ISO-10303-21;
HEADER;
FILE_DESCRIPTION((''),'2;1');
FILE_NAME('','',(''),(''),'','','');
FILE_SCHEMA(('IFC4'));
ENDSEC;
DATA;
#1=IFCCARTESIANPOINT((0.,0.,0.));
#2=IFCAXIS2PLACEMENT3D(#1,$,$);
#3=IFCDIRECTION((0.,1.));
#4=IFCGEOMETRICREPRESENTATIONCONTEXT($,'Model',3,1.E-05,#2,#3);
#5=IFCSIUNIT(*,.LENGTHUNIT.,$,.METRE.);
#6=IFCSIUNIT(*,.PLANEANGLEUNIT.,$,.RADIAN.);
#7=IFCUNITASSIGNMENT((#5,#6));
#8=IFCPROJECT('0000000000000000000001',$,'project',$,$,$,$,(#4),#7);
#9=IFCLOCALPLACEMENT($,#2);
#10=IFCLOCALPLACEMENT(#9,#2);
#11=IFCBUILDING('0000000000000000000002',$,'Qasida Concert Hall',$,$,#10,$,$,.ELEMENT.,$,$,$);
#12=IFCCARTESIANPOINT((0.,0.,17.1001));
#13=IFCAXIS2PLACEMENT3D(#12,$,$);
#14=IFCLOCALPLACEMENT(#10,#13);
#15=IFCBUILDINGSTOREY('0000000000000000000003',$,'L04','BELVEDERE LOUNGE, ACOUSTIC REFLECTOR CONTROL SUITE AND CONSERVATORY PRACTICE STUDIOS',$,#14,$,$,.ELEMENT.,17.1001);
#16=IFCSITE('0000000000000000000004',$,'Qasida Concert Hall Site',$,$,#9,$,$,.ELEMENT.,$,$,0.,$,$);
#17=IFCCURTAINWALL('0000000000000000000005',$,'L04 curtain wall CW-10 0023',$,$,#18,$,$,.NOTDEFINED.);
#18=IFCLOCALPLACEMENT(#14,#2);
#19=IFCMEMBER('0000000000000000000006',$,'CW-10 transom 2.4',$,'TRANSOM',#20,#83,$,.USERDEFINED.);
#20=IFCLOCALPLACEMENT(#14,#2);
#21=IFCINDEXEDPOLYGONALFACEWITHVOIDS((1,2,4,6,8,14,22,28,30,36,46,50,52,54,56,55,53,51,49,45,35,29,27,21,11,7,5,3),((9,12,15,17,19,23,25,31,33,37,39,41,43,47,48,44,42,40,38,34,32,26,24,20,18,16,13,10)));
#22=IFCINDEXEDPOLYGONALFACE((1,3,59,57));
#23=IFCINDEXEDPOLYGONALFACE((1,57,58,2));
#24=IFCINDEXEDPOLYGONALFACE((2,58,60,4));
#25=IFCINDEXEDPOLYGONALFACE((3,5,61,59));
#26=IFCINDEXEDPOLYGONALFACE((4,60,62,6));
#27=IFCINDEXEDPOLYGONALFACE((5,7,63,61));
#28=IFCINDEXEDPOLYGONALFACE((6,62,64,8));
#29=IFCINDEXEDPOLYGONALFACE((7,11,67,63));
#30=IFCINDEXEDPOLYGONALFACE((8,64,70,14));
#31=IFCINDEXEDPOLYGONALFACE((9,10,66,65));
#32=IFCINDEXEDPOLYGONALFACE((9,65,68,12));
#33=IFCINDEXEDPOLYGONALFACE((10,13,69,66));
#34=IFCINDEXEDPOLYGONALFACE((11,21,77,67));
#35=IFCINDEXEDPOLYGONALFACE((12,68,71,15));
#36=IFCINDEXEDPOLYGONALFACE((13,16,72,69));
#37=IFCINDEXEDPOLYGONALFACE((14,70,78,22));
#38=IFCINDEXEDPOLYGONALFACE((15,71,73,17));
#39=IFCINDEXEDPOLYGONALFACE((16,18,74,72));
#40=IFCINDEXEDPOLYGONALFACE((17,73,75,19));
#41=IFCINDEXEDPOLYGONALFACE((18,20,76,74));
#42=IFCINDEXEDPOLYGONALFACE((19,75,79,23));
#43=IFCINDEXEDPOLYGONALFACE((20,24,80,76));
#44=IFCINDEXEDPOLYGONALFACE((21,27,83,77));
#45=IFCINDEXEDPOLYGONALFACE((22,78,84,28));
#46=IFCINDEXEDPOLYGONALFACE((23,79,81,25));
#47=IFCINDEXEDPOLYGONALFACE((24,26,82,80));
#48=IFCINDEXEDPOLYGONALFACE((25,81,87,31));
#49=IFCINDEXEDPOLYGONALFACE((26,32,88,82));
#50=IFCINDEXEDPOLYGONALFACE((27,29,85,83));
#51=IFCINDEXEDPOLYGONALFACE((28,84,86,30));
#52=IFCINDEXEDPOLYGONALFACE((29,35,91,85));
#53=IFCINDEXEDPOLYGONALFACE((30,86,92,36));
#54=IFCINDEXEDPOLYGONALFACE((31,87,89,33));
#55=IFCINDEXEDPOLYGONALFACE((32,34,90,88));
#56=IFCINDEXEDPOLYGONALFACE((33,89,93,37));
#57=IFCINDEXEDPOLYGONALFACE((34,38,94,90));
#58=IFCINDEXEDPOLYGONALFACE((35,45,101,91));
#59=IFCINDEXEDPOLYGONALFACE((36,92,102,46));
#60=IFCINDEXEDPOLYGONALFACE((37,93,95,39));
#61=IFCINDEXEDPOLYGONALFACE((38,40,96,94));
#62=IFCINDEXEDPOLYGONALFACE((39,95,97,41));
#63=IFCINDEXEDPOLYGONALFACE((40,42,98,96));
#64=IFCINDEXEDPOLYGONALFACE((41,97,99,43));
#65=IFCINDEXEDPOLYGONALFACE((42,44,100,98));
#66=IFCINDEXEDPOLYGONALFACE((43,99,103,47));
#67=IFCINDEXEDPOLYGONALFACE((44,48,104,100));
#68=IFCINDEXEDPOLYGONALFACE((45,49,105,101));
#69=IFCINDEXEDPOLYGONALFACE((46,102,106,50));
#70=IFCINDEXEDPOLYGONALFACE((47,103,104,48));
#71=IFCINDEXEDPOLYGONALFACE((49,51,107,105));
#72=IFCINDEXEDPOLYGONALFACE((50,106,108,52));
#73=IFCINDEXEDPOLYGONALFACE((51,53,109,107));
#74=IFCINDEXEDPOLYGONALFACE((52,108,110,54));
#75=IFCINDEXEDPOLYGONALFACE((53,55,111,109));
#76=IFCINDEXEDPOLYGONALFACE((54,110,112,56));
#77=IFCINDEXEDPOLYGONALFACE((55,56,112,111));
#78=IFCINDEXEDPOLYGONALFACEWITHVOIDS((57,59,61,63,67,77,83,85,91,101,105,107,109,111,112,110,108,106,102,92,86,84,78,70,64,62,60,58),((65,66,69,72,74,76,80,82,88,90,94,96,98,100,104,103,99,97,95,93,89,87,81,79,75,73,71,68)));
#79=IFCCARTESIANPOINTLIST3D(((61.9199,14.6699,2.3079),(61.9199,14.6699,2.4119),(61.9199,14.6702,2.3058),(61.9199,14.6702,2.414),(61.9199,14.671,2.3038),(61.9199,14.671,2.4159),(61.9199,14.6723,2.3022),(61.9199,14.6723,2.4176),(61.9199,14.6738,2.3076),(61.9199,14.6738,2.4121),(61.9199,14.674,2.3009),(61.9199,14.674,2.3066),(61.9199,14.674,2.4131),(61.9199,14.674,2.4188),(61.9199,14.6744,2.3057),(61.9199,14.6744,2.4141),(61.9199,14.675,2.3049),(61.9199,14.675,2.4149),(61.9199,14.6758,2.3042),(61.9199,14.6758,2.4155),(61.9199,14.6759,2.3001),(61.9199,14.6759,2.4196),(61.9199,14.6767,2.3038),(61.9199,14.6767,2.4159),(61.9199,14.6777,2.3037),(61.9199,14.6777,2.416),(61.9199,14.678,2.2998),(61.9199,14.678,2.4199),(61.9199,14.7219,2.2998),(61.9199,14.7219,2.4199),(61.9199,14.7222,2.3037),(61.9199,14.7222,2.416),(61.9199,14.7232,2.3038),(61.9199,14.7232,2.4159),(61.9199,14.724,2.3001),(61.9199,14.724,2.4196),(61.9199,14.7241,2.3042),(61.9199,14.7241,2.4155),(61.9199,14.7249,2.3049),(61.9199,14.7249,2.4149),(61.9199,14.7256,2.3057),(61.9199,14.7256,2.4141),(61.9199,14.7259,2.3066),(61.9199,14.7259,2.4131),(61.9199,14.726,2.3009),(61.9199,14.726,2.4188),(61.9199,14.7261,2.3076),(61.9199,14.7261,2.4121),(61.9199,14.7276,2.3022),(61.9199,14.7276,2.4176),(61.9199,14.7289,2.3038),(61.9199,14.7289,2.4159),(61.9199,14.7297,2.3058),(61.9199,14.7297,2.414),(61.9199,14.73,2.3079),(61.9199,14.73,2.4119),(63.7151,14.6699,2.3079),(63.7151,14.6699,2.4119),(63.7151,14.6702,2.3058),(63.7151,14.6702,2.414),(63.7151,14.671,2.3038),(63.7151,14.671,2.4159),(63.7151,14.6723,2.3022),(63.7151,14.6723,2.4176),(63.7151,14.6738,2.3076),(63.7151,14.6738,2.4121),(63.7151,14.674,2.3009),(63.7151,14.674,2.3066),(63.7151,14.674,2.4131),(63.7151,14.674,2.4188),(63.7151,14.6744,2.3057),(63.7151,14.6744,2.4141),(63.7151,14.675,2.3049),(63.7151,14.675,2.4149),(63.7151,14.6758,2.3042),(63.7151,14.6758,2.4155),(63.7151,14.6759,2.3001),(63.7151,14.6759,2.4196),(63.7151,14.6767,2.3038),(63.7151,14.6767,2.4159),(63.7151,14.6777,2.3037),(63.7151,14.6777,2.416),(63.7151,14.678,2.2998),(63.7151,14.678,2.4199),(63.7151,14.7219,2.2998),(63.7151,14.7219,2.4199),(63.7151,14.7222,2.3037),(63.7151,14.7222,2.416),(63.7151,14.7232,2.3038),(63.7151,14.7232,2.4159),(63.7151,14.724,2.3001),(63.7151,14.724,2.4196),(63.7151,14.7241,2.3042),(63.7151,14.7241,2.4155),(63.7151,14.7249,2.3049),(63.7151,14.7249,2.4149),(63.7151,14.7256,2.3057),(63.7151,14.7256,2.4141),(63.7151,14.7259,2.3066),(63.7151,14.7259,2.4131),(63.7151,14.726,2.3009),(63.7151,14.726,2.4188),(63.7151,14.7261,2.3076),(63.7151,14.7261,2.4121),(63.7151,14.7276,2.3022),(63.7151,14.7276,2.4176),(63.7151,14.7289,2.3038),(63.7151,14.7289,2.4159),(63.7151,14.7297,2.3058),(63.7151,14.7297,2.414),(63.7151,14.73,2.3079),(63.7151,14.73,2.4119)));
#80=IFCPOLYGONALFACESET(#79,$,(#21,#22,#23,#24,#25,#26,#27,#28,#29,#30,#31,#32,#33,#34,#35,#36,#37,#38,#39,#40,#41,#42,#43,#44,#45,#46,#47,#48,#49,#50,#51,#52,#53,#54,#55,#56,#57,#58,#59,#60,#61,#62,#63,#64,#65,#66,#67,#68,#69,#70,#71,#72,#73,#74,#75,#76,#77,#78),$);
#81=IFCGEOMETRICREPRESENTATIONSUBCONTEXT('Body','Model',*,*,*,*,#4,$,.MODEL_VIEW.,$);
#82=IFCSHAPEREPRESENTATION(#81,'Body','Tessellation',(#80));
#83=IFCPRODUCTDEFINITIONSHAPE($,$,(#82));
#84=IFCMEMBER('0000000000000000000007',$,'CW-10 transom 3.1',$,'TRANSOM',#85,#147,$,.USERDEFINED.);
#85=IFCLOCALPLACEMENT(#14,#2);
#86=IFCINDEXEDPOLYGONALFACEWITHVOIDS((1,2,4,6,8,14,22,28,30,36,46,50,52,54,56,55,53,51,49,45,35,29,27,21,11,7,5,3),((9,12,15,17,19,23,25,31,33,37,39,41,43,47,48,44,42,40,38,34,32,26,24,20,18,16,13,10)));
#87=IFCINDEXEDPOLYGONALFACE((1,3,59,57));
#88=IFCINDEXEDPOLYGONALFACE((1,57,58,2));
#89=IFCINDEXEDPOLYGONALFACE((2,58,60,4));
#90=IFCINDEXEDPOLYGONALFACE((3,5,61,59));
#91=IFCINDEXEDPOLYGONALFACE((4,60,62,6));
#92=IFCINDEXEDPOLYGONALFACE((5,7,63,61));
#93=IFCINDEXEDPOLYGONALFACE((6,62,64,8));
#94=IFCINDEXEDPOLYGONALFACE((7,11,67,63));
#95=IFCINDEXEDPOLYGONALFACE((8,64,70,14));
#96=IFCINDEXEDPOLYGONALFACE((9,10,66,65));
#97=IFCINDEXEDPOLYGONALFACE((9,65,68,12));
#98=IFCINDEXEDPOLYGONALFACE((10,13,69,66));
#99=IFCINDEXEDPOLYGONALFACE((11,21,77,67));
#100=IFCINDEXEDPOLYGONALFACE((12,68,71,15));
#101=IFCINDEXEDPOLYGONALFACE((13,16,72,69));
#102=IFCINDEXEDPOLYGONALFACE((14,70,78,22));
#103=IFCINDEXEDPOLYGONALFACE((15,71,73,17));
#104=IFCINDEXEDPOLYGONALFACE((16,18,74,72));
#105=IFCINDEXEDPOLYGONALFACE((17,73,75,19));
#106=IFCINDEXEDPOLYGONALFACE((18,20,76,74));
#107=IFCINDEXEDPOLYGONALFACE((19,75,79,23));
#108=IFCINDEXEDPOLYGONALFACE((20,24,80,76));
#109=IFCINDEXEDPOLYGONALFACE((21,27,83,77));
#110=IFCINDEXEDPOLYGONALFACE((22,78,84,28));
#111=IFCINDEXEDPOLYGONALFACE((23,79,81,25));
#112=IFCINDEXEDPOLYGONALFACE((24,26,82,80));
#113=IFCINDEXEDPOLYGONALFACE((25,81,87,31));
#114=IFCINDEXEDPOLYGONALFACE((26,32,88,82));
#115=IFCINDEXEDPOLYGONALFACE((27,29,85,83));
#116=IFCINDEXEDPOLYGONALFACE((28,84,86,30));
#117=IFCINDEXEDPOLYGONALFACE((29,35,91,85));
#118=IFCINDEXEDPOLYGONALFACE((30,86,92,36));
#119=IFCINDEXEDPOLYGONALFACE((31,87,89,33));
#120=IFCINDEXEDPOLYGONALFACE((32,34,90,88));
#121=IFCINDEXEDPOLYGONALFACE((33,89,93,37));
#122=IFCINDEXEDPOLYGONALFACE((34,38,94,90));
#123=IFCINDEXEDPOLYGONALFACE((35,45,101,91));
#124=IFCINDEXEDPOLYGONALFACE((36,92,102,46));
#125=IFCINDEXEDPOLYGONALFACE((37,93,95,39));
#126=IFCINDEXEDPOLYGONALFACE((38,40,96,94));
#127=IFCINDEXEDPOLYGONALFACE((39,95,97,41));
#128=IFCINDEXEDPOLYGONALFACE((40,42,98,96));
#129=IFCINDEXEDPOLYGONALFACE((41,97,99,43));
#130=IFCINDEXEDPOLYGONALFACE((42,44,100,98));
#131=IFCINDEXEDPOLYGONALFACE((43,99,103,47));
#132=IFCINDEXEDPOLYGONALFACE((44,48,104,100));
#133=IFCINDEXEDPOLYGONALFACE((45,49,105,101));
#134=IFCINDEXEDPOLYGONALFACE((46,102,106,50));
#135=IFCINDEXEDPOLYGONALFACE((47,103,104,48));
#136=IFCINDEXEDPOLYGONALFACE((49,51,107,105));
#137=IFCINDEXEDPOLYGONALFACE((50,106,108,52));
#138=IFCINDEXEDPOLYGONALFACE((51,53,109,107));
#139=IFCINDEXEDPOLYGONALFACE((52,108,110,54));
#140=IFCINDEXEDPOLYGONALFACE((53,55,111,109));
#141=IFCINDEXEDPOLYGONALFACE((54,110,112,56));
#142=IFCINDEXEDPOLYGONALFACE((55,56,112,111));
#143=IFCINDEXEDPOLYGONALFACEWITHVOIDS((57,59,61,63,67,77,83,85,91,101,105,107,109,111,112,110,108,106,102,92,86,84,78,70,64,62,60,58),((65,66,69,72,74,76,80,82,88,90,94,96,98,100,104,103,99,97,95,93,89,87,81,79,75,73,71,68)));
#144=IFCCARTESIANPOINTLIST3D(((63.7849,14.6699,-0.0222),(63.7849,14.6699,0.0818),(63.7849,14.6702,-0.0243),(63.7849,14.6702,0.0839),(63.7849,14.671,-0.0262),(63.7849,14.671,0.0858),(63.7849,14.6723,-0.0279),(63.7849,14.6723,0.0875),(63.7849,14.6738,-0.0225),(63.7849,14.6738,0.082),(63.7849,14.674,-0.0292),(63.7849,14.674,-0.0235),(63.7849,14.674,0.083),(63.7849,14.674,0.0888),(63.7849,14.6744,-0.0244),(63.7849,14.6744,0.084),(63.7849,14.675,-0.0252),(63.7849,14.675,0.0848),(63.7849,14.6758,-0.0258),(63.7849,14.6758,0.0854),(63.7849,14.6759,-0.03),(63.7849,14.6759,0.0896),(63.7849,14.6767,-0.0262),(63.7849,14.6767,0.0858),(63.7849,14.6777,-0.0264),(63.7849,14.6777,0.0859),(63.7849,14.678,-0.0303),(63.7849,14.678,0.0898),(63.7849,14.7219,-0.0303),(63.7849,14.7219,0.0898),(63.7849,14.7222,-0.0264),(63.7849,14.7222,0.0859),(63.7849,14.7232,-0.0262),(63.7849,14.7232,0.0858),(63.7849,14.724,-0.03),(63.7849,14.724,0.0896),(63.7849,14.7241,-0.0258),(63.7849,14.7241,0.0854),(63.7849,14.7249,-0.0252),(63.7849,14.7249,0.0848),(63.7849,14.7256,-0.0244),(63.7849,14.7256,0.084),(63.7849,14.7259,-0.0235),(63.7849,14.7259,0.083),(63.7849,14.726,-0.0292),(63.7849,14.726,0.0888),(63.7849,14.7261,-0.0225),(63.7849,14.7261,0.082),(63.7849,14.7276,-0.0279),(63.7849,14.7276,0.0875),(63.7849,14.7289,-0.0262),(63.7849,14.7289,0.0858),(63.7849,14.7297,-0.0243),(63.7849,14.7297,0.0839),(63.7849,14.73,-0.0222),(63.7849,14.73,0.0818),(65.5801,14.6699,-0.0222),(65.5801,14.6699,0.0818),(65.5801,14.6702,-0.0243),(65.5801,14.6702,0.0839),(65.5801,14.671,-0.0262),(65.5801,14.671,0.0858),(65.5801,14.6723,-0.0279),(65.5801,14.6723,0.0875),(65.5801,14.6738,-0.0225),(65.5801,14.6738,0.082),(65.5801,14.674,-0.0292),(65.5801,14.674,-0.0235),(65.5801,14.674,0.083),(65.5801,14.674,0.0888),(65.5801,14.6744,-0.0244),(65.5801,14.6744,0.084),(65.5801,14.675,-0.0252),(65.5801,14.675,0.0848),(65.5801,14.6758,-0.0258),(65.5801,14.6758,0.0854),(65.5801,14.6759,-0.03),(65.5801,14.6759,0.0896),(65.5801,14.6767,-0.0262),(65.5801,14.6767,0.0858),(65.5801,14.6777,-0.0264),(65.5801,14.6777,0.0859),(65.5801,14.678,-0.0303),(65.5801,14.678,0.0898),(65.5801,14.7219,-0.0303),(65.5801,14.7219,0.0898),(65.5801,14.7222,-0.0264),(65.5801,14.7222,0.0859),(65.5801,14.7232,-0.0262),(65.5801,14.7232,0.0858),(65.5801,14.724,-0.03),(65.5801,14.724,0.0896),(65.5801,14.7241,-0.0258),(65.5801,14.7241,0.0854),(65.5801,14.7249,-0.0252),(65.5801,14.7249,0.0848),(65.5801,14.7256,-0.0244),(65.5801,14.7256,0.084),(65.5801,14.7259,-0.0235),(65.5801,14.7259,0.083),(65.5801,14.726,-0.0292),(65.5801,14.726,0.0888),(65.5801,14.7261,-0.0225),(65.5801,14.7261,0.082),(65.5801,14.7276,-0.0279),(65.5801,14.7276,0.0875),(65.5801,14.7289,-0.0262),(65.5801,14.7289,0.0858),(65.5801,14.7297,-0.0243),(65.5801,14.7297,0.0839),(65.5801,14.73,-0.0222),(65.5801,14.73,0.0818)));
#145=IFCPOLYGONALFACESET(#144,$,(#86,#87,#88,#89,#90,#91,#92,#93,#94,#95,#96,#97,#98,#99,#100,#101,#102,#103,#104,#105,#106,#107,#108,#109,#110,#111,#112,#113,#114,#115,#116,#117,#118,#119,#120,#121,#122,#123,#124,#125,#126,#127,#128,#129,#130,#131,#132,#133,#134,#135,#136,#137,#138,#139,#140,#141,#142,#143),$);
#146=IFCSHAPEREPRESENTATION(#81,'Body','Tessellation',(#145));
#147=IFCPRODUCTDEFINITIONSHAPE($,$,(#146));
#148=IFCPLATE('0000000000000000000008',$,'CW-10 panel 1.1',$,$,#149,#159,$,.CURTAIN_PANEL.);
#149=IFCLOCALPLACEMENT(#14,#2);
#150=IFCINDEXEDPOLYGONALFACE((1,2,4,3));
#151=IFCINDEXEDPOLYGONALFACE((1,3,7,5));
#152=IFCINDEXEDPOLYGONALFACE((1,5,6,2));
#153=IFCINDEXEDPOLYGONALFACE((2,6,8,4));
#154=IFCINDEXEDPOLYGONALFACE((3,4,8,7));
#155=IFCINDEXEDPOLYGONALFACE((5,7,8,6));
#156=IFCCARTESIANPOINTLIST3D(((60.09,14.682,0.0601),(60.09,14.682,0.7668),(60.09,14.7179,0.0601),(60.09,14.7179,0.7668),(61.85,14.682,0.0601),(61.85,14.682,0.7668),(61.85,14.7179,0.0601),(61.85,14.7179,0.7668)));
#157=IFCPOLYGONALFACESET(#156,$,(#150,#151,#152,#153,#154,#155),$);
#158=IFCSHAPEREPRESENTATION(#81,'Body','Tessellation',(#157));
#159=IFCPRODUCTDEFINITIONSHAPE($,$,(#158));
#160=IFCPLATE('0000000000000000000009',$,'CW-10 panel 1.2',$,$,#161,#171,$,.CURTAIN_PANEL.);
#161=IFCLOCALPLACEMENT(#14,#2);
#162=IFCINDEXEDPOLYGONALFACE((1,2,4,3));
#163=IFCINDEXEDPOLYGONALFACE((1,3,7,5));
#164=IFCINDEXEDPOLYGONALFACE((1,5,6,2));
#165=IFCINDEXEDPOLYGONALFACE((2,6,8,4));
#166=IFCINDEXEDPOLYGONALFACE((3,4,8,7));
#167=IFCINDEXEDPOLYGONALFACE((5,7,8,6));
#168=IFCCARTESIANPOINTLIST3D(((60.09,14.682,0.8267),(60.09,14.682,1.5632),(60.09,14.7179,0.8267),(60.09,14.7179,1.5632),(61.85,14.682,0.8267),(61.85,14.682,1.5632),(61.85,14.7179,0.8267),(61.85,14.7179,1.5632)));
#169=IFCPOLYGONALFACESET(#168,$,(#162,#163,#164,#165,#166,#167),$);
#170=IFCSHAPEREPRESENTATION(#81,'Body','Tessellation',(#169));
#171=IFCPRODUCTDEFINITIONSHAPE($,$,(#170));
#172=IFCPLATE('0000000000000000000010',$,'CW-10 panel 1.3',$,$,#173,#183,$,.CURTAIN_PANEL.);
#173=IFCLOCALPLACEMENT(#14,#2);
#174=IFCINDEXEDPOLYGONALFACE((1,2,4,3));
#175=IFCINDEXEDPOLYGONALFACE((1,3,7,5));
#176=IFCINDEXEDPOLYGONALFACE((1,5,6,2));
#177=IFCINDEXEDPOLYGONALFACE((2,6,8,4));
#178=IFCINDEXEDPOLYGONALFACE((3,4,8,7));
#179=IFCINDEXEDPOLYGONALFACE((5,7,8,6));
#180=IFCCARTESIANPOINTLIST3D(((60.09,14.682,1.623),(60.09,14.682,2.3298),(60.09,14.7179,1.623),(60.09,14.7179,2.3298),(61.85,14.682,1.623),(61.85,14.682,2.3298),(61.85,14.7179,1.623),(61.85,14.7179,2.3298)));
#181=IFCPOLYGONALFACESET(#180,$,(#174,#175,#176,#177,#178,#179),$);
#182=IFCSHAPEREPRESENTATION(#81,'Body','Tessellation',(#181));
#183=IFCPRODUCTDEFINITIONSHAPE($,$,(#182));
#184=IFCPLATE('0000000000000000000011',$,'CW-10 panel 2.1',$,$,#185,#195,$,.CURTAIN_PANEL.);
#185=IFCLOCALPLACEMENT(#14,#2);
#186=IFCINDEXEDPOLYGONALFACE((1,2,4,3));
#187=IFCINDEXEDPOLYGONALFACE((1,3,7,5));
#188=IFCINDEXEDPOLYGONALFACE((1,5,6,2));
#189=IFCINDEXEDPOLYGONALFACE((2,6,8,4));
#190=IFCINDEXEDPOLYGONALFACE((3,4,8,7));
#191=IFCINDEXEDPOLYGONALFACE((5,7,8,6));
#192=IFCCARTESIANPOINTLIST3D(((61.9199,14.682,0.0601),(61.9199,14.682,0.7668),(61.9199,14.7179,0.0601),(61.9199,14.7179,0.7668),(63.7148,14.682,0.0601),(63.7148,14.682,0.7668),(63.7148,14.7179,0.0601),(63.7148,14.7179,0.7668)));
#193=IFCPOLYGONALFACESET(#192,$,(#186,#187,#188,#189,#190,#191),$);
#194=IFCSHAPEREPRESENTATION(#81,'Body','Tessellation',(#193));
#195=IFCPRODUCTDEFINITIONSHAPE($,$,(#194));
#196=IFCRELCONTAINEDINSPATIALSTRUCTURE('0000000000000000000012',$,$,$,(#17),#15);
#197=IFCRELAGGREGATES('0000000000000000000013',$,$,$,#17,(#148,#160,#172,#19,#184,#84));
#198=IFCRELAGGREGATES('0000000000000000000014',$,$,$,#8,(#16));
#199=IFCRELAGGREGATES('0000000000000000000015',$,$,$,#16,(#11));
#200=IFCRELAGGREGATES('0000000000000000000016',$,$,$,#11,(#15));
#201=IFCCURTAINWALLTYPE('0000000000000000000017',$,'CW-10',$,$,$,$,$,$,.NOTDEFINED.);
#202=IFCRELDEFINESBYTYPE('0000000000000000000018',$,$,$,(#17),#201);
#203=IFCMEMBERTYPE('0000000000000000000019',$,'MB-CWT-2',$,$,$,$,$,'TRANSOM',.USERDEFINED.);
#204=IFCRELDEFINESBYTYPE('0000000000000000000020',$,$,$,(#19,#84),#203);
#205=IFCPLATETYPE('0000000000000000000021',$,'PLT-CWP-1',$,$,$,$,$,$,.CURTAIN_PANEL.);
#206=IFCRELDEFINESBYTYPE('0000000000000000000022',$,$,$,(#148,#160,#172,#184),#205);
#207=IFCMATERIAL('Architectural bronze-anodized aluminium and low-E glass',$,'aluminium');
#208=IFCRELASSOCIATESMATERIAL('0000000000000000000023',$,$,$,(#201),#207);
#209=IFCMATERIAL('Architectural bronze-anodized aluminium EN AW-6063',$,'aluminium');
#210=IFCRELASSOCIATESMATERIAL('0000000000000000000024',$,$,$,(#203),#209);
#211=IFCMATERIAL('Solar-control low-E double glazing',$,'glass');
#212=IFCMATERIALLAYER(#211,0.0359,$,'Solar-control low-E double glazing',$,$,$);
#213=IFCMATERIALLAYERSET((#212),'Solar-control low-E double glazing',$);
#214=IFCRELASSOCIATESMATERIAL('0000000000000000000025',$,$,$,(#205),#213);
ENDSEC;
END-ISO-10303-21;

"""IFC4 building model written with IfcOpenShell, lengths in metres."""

from ifc_helpers import new_model, si_unit, direction, frame, origin, origin_2d, place, context, subcontext, project, spatial, rectangle, hollow_rectangle, extrude, material, layer, layer_set, material_profile, profile_set, type_object, element, aggregate, save


model = new_model("IFC4")

# Units and contexts
model_context = context("Model", 3, precision=1e-05, world=origin(), true_north=direction((0.0, 1.0)))
body_context = subcontext(model_context, "Body", "Model", "MODEL_VIEW")
ifc_project = project(units=[si_unit("LENGTHUNIT", "METRE"), si_unit("PLANEANGLEUNIT", "RADIAN")], contexts=[model_context])

# Site, building, storey
site_placement = place(None, origin())
site = spatial("IfcSite", under=ifc_project, at=site_placement, Name="Qasida Concert Hall Site", CompositionType="ELEMENT", RefElevation=0.0)
building_placement = place(site_placement, origin())
building = spatial("IfcBuilding", under=site, at=building_placement, Name="Qasida Concert Hall", CompositionType="ELEMENT")
storey_placement = place(building_placement, frame((0.0, 0.0, 17.1001)))
storey = spatial("IfcBuildingStorey", under=building, at=storey_placement, Name="L04", Description="BELVEDERE LOUNGE, ACOUSTIC REFLECTOR CONTROL SUITE AND CONSERVATORY PRACTICE STUDIOS", CompositionType="ELEMENT", Elevation=17.1001)

# Curtain wall, members, plates
ifc_material_1 = material(Name="Architectural bronze-anodized aluminium and low-E glass", Category="aluminium")
curtain_wall_type = type_object("IfcCurtainWallType", Name="CW-10", PredefinedType="NOTDEFINED", material=ifc_material_1)
curtain_wall_placement = place(storey_placement, origin())
curtain_wall = element("IfcCurtainWall", 1, at=curtain_wall_placement, inside=storey, type_object=curtain_wall_type, Name="L04 curtain wall CW-10 0023", PredefinedType="NOTDEFINED")
ifc_material_2 = material(Name="Architectural bronze-anodized aluminium EN AW-6063", Category="aluminium")
ifc_material_profile_1 = material_profile(ifc_material_2, hollow_rectangle(XDim=0.0601, YDim=0.1201, WallThickness=0.0039, InnerFilletRadius=0.0039, OuterFilletRadius=0.0081, at=origin_2d()), Name="CWT 120x60x4")
ifc_profile_set_1 = profile_set([ifc_material_profile_1], Name="Architectural bronze-anodized aluminium EN AW-6063")
member_type_1 = type_object("IfcMemberType", Name="MB-CWT-2", ElementType="TRANSOM", PredefinedType="USERDEFINED", material=ifc_profile_set_1)
member_1_placement = place(storey_placement, frame((61.9199, 14.7, 2.3599), z_axis=(1.0, 0.0, 0.0), x_axis=(0.0, 1.0, 0.0)))
member_1 = element("IfcMember", 2, at=member_1_placement, type_object=member_type_1, Name="CW-10 transom 2.4", ObjectType="TRANSOM", PredefinedType="USERDEFINED", context=body_context, shape_type="SweptSolid", body=[
    extrude(hollow_rectangle(XDim=0.0601, YDim=0.1201, WallThickness=0.0039, InnerFilletRadius=0.0039, OuterFilletRadius=0.0081, at=origin_2d()), origin(), (0.0, 0.0, 1.0), 1.7952),
])
member_2_placement = place(storey_placement, frame((63.7849, 14.7, 0.0298), z_axis=(1.0, 0.0, 0.0), x_axis=(0.0, 1.0, 0.0)))
member_2 = element("IfcMember", 3, at=member_2_placement, type_object=member_type_1, Name="CW-10 transom 3.1", ObjectType="TRANSOM", PredefinedType="USERDEFINED", context=body_context, shape_type="SweptSolid", body=[
    extrude(hollow_rectangle(XDim=0.0601, YDim=0.1201, WallThickness=0.0039, InnerFilletRadius=0.0039, OuterFilletRadius=0.0081, at=origin_2d()), origin(), (0.0, 0.0, 1.0), 1.7952),
])
ifc_material_3 = material(Name="Solar-control low-E double glazing", Category="glass")
ifc_layer_1 = layer(ifc_material_3, 0.0359, Name="Solar-control low-E double glazing")
ifc_layer_set_1 = layer_set([ifc_layer_1], Name="Solar-control low-E double glazing")
plate_type = type_object("IfcPlateType", Name="PLT-CWP-1", PredefinedType="CURTAIN_PANEL", material=ifc_layer_set_1)
plate_1_placement = place(storey_placement, frame((60.97, 14.7, 0.0601), z_axis=(0.0, 0.0, 1.0), x_axis=(1.0, 0.0, 0.0)))
plate_1 = element("IfcPlate", 4, at=plate_1_placement, type_object=plate_type, Name="CW-10 panel 1.1", PredefinedType="CURTAIN_PANEL", context=body_context, shape_type="SweptSolid", body=[
    extrude(rectangle(XDim=1.76, YDim=0.0359, at=origin_2d()), origin(), (0.0, 0.0, 1.0), 0.7068),
])
plate_2_placement = place(storey_placement, frame((60.97, 14.7, 0.8267), z_axis=(0.0, 0.0, 1.0), x_axis=(1.0, 0.0, 0.0)))
plate_2 = element("IfcPlate", 5, at=plate_2_placement, type_object=plate_type, Name="CW-10 panel 1.2", PredefinedType="CURTAIN_PANEL", context=body_context, shape_type="SweptSolid", body=[
    extrude(rectangle(XDim=1.76, YDim=0.0359, at=origin_2d()), origin(), (0.0, 0.0, 1.0), 0.7366),
])
plate_3_placement = place(storey_placement, frame((60.97, 14.7, 1.623), z_axis=(0.0, 0.0, 1.0), x_axis=(1.0, 0.0, 0.0)))
plate_3 = element("IfcPlate", 6, at=plate_3_placement, type_object=plate_type, Name="CW-10 panel 1.3", PredefinedType="CURTAIN_PANEL", context=body_context, shape_type="SweptSolid", body=[
    extrude(rectangle(XDim=1.76, YDim=0.0359, at=origin_2d()), origin(), (0.0, 0.0, 1.0), 0.7068),
])
plate_4_placement = place(storey_placement, frame((62.8174, 14.7, 0.0601), z_axis=(0.0, 0.0, 1.0), x_axis=(1.0, 0.0, 0.0)))
plate_4 = element("IfcPlate", 7, at=plate_4_placement, type_object=plate_type, Name="CW-10 panel 2.1", PredefinedType="CURTAIN_PANEL", context=body_context, shape_type="SweptSolid", body=[
    extrude(rectangle(XDim=1.7949, YDim=0.0359, at=origin_2d()), origin(), (0.0, 0.0, 1.0), 0.7068),
])
aggregate(curtain_wall, [plate_1, plate_2, plate_3, member_1, plate_4, member_2])

save(model, "model.ifc")
